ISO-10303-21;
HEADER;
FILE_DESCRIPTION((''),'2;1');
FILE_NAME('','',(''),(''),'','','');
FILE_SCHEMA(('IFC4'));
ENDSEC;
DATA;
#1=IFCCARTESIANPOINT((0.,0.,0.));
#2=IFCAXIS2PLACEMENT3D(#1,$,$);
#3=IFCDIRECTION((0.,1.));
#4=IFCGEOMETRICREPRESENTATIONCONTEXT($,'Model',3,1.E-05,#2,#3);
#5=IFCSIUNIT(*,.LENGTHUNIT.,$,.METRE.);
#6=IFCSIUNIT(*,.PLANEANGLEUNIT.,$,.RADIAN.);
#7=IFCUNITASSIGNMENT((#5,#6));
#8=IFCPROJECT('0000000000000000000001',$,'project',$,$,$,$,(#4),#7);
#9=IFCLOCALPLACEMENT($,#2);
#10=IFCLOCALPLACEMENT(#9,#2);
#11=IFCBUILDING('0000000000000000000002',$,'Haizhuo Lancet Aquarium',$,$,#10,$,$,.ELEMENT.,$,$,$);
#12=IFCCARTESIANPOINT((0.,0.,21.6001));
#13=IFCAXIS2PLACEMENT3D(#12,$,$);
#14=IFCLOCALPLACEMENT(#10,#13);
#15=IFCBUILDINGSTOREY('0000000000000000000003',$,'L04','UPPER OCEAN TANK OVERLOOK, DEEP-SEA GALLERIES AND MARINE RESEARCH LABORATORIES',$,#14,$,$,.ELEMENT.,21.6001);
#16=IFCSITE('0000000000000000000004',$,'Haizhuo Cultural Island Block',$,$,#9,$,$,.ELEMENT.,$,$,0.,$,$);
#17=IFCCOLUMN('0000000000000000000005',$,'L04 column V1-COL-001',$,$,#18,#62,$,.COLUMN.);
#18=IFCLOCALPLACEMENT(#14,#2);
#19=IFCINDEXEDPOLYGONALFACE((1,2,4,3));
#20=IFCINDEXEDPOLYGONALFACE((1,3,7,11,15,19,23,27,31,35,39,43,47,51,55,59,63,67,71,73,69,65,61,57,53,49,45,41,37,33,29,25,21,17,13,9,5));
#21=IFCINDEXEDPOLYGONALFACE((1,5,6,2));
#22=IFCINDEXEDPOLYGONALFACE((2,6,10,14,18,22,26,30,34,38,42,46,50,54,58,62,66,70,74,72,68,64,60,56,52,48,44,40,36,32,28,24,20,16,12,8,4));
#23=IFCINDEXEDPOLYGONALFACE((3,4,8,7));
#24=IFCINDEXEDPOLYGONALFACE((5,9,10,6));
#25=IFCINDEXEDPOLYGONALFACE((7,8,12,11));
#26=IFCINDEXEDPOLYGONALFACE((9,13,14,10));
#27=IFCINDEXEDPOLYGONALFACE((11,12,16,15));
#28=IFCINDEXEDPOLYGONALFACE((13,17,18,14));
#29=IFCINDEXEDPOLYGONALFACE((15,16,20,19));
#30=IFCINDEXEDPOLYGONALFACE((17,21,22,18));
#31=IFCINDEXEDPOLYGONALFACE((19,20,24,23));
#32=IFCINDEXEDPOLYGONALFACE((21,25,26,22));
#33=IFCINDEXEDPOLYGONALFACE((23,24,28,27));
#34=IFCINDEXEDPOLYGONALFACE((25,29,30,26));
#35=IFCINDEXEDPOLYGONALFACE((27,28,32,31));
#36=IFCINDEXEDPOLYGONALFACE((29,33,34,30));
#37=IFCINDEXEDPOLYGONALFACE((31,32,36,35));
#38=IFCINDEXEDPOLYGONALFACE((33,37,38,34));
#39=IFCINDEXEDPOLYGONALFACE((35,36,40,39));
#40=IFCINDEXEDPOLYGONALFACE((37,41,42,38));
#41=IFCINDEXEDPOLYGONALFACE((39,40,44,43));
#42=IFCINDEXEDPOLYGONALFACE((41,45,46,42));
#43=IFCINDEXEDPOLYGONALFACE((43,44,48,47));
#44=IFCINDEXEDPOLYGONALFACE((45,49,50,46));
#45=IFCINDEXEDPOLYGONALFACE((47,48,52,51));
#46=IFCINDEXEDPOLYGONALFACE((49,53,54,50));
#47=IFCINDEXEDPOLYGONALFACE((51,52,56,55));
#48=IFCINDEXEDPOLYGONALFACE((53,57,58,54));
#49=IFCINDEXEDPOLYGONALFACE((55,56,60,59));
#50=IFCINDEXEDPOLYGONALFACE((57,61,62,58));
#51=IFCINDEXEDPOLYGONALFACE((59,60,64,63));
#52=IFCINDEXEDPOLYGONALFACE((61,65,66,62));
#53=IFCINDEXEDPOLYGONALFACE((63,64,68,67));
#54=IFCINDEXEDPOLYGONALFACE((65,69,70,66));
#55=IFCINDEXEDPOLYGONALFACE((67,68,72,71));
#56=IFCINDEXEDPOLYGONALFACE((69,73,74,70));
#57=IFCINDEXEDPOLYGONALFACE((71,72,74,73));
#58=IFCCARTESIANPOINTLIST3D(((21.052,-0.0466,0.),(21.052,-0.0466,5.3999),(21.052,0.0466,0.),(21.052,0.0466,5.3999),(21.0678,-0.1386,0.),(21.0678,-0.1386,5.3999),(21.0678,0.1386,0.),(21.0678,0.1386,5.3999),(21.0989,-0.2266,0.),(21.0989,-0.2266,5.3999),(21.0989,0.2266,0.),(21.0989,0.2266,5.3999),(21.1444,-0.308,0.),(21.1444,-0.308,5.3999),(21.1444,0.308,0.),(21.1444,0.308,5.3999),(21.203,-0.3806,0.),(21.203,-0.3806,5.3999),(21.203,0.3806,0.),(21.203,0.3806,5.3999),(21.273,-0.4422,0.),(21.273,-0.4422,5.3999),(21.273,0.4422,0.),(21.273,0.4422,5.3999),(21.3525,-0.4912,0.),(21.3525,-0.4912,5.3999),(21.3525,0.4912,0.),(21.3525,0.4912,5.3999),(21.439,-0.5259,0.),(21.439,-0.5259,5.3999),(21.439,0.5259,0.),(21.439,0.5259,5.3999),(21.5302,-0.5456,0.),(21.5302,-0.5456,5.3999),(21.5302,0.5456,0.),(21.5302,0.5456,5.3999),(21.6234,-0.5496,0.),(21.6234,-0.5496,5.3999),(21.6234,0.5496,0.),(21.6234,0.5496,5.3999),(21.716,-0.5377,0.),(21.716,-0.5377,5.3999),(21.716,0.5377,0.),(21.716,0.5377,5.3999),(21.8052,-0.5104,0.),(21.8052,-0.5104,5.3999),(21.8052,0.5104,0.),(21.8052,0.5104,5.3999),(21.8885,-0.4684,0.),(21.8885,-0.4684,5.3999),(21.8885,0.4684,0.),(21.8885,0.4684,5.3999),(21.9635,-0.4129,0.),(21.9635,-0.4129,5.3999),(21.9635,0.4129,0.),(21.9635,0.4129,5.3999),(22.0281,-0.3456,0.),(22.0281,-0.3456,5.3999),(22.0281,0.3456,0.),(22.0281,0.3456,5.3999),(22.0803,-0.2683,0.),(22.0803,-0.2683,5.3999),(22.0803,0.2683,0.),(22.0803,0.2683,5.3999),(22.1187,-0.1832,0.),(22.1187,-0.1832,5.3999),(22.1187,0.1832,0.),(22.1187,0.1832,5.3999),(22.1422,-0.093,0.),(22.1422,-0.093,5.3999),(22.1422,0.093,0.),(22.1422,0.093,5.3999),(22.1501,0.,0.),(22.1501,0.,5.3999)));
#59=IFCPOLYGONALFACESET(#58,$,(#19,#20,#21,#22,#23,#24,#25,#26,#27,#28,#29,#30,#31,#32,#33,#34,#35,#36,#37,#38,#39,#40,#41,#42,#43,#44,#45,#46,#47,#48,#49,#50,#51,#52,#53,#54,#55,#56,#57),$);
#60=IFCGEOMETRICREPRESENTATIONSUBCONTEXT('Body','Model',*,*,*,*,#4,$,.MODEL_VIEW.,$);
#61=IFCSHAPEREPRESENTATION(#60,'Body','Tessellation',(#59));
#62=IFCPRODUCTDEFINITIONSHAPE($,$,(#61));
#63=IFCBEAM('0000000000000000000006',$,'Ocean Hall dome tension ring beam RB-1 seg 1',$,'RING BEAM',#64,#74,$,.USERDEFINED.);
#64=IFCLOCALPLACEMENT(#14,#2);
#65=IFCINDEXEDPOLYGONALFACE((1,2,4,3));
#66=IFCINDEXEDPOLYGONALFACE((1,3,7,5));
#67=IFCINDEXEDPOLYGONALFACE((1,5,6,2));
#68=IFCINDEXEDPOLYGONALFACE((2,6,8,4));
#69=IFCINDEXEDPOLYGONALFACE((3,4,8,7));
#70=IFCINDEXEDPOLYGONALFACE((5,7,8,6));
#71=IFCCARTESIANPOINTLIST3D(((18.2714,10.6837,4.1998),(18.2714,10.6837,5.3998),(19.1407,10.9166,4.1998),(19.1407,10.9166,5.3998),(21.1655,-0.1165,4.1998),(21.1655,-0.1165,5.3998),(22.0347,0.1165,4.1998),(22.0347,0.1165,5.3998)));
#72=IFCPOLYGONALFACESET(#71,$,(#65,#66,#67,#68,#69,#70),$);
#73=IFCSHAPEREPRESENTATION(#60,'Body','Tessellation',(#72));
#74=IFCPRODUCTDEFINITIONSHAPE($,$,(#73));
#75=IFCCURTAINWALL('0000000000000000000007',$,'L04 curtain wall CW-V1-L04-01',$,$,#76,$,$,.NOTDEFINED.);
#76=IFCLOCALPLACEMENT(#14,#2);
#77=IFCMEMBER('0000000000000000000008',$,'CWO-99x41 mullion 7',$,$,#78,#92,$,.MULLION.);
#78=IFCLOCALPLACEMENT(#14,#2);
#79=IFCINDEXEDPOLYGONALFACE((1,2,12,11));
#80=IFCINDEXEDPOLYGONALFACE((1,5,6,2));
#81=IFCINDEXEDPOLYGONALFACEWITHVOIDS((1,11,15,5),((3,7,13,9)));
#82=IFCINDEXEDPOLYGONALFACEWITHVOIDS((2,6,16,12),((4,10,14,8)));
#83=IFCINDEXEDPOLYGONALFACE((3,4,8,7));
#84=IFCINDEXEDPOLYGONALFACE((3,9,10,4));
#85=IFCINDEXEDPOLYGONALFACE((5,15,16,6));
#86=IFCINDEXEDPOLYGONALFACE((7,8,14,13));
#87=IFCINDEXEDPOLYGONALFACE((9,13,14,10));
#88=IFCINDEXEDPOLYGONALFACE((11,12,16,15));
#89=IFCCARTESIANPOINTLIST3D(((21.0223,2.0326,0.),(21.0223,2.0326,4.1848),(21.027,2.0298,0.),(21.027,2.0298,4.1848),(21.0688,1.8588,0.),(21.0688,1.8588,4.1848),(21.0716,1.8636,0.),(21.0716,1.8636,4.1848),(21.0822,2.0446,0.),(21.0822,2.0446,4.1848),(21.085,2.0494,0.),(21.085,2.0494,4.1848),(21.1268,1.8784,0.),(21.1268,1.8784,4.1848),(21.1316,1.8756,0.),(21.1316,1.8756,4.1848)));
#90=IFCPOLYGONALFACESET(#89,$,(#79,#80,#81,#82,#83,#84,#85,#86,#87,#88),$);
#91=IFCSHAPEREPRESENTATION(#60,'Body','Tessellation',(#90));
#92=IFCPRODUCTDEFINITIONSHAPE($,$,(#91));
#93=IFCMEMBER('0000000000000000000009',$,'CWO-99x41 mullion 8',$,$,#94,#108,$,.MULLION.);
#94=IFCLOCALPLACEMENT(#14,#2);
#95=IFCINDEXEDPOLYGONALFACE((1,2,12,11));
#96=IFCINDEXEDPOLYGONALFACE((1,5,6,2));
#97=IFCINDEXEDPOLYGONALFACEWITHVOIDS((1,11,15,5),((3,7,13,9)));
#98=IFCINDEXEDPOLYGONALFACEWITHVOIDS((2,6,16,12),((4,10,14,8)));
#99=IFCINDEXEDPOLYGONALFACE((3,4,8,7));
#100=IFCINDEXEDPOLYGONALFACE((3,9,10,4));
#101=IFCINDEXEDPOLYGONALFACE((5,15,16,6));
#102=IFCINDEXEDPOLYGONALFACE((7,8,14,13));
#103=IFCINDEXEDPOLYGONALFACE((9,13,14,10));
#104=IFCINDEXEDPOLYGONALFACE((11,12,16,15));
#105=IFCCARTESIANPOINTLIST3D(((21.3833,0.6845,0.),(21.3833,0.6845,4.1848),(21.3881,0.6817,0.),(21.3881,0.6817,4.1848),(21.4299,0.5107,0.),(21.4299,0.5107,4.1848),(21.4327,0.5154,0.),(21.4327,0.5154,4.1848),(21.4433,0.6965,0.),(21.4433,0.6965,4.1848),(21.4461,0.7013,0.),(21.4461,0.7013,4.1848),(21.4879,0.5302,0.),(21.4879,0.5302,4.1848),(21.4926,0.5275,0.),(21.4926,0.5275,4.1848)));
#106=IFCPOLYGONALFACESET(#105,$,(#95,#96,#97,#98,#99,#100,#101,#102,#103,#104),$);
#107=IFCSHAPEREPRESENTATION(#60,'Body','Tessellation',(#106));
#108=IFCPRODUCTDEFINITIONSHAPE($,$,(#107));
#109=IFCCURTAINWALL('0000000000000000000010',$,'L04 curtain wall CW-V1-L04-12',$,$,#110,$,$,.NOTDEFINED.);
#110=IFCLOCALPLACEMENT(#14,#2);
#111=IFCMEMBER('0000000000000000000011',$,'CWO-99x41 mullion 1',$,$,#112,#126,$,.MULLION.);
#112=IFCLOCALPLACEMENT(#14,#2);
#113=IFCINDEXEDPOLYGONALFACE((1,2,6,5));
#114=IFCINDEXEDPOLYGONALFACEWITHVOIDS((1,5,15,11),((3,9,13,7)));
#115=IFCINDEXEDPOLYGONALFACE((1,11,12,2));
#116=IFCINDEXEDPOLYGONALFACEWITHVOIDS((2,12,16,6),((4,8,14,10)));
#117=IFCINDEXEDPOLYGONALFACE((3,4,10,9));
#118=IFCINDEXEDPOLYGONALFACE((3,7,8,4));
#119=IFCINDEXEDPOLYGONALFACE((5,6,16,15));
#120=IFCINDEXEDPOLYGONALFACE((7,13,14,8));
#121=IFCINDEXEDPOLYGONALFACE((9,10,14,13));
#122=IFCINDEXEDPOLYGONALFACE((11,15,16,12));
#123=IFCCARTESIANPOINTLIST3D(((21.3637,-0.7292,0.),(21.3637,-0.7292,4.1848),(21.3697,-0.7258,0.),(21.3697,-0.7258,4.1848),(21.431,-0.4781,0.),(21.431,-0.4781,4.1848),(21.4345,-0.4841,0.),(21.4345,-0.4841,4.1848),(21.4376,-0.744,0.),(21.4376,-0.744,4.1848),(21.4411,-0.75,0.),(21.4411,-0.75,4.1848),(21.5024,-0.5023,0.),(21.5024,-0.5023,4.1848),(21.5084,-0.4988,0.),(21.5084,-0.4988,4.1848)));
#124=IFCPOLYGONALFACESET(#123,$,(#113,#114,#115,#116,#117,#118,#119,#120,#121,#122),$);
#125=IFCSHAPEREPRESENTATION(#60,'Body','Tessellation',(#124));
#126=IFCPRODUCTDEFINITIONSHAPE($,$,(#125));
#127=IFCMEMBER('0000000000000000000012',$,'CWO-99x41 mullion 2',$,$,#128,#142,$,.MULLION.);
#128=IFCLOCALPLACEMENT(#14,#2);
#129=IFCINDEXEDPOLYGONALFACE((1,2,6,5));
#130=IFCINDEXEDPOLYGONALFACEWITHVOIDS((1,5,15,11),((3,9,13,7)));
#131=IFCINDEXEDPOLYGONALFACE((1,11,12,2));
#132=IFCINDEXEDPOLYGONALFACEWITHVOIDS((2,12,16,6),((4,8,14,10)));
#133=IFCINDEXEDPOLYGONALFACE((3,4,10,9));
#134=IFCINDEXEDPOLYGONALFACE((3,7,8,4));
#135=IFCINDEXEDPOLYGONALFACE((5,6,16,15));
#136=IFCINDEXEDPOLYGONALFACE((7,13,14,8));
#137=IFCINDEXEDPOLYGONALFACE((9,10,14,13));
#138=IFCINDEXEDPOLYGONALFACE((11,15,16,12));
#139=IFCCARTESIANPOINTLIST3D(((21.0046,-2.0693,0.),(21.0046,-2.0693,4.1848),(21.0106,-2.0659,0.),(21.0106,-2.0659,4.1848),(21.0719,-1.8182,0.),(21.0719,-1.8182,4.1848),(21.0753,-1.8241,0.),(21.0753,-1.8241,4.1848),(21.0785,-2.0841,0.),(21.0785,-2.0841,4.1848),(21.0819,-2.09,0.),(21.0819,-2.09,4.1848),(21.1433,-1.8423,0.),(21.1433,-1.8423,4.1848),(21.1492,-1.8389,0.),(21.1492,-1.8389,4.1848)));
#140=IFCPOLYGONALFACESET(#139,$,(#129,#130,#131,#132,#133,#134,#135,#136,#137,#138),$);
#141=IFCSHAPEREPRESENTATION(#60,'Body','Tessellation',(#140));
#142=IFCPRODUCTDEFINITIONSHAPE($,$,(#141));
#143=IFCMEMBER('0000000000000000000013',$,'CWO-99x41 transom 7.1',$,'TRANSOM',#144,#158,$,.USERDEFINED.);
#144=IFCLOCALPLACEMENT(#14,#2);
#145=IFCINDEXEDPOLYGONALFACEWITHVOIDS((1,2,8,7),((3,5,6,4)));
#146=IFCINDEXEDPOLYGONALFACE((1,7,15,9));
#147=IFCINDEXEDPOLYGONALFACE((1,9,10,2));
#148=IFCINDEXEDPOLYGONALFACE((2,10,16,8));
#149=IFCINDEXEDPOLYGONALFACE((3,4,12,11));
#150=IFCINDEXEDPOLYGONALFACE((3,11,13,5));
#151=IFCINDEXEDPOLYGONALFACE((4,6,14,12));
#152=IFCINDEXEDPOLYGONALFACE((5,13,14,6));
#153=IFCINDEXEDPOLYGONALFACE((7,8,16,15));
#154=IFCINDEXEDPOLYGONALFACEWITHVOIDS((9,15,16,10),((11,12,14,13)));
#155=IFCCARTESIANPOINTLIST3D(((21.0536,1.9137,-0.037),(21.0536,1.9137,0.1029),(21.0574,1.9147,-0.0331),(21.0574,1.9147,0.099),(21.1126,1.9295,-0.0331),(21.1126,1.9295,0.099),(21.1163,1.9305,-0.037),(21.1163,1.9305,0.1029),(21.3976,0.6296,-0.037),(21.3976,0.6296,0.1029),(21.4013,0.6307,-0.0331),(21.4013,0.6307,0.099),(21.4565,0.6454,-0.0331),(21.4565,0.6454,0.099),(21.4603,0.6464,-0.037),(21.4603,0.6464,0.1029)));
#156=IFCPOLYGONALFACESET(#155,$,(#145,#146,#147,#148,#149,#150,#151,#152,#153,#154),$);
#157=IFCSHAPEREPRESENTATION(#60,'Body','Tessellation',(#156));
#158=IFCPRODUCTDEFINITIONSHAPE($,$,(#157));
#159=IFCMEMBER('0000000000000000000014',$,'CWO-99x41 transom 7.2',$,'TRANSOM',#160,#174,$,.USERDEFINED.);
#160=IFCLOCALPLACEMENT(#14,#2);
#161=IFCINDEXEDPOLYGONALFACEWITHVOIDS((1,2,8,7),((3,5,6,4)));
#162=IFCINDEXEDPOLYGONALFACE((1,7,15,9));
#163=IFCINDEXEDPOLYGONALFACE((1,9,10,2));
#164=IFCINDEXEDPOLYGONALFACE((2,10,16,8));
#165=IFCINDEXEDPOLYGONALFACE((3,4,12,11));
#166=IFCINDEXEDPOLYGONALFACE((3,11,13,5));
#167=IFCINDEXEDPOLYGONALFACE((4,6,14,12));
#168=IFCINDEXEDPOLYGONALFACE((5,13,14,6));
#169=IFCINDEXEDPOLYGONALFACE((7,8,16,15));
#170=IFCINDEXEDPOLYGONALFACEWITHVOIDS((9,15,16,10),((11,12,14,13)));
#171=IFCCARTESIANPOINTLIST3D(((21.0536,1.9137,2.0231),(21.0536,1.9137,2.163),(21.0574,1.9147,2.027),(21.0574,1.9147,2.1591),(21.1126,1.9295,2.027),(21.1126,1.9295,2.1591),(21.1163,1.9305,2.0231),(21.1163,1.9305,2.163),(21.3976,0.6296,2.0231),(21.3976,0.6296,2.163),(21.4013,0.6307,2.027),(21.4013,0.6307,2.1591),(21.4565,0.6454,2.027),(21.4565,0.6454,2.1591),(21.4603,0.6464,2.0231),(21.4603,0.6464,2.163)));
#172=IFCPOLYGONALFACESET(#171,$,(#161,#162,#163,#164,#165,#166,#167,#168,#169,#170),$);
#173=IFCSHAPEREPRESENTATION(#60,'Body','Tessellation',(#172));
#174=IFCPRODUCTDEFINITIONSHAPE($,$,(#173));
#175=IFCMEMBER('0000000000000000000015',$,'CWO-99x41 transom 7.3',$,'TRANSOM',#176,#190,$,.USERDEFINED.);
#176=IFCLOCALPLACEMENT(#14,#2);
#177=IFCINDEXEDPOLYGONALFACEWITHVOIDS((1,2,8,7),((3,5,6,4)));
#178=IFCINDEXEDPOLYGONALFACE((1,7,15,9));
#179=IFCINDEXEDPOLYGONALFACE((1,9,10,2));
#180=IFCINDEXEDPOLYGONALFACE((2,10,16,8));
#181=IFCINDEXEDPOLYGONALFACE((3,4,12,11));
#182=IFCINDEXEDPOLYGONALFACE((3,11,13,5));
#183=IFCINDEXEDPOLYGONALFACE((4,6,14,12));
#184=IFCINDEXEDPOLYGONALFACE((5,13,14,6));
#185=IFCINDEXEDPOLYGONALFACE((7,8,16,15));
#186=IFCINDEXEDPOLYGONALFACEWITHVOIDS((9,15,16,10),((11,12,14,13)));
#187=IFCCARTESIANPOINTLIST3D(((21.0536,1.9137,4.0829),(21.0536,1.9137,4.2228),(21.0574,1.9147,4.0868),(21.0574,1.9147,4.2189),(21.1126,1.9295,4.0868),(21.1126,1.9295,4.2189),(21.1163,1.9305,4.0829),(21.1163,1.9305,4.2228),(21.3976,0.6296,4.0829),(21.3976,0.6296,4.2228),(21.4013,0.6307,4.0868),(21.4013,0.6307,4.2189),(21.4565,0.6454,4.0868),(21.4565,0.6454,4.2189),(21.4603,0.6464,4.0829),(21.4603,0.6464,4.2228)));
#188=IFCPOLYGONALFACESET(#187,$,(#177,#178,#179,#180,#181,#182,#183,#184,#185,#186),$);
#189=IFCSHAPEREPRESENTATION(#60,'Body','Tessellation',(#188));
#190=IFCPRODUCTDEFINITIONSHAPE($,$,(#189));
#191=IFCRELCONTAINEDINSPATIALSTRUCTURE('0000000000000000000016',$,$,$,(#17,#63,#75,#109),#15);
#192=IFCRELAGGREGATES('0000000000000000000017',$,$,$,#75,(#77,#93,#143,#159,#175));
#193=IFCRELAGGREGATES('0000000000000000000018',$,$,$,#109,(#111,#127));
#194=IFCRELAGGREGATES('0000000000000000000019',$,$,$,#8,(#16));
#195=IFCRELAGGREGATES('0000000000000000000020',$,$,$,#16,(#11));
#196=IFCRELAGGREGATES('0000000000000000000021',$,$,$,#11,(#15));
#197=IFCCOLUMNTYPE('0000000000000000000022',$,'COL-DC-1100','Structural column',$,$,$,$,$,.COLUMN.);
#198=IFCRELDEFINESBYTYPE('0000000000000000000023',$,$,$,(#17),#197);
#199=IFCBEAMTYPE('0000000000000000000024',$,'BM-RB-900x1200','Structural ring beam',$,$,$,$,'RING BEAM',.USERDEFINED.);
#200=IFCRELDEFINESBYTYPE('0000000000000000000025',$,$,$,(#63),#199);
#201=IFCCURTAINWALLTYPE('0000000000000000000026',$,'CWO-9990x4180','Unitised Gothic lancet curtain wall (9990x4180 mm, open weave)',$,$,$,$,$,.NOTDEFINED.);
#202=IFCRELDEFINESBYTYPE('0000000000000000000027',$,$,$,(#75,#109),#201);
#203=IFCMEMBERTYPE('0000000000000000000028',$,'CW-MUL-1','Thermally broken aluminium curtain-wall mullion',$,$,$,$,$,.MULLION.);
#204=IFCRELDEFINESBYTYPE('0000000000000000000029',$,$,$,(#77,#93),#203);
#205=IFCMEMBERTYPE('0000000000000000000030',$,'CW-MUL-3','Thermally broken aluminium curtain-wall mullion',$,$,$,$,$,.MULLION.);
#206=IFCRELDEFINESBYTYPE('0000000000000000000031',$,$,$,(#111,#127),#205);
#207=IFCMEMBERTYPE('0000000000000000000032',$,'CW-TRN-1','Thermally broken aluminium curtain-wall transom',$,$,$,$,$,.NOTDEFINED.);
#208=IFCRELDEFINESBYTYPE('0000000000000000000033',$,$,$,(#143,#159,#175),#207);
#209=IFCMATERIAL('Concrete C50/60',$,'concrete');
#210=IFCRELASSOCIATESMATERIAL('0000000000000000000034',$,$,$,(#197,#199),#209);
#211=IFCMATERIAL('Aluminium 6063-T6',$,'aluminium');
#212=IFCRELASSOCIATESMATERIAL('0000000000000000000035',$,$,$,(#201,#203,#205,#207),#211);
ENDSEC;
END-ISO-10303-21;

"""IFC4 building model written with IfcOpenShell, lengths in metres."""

from ifc_helpers import new_model, si_unit, direction, frame, origin, origin_2d, place, context, subcontext, project, spatial, rectangle, hollow_rectangle, circle, extrude, material, material_profile, profile_set, type_object, element, aggregate, save


model = new_model("IFC4")

# Units and contexts
model_context = context("Model", 3, precision=1e-05, world=origin(), true_north=direction((0.0, 1.0)))
body_context = subcontext(model_context, "Body", "Model", "MODEL_VIEW")
ifc_project = project(units=[si_unit("LENGTHUNIT", "METRE"), si_unit("PLANEANGLEUNIT", "RADIAN")], contexts=[model_context])

# Site, building, storey
site_placement = place(None, origin())
site = spatial("IfcSite", under=ifc_project, at=site_placement, Name="Haizhuo Cultural Island Block", CompositionType="ELEMENT", RefElevation=0.0)
building_placement = place(site_placement, origin())
building = spatial("IfcBuilding", under=site, at=building_placement, Name="Haizhuo Lancet Aquarium", CompositionType="ELEMENT")
storey_placement = place(building_placement, frame((0.0, 0.0, 21.6001)))
storey = spatial("IfcBuildingStorey", under=building, at=storey_placement, Name="L04", Description="UPPER OCEAN TANK OVERLOOK, DEEP-SEA GALLERIES AND MARINE RESEARCH LABORATORIES", CompositionType="ELEMENT", Elevation=21.6001)

# Column
ifc_material_1 = material(Name="Concrete C50/60", Category="concrete")
ifc_material_profile_1 = material_profile(ifc_material_1, circle(Radius=0.55, at=origin_2d()), Name="RC-DC 1100")
ifc_profile_set_1 = profile_set([ifc_material_profile_1], Name="Concrete C50/60")
column_type = type_object("IfcColumnType", Name="COL-DC-1100", Description="Structural column", PredefinedType="COLUMN", material=ifc_profile_set_1)
column_placement = place(storey_placement, frame((21.6001, 0.0, 0.0), z_axis=(0.0, 0.0, 1.0), x_axis=(1.0, 0.0, 0.0)))
element("IfcColumn", 1, at=column_placement, inside=storey, type_object=column_type, Name="L04 column V1-COL-001", PredefinedType="COLUMN", context=body_context, shape_type="SweptSolid", body=[
    extrude(circle(Radius=0.55, at=origin_2d()), origin(), (0.0, 0.0, 1.0), 5.3999),
])

# Beam
ifc_material_profile_2 = material_profile(ifc_material_1, rectangle(XDim=0.8999, YDim=1.2, at=origin_2d()), Name="RC-RB 900x1200")
ifc_profile_set_2 = profile_set([ifc_material_profile_2], Name="Concrete C50/60")
beam_type = type_object("IfcBeamType", Name="BM-RB-900x1200", Description="Structural ring beam", ElementType="RING BEAM", PredefinedType="USERDEFINED", material=ifc_profile_set_2)
beam_placement = place(storey_placement, frame((21.6001, 0.0, 4.7998), z_axis=(-0.258834, 0.965922, 0.0), x_axis=(-0.965922, -0.258834, 0.0)))
element("IfcBeam", 2, at=beam_placement, inside=storey, type_object=beam_type, Name="Ocean Hall dome tension ring beam RB-1 seg 1", ObjectType="RING BEAM", PredefinedType="USERDEFINED", context=body_context, shape_type="SweptSolid", body=[
    extrude(rectangle(XDim=0.8999, YDim=1.2, at=origin_2d()), origin(), (0.0, 0.0, 1.0), 11.1812),
])

# Curtain walls, members
ifc_material_2 = material(Name="Aluminium 6063-T6", Category="aluminium")
curtain_wall_type = type_object("IfcCurtainWallType", Name="CWO-9990x4180", Description="Unitised Gothic lancet curtain wall (9990x4180 mm, open weave)", PredefinedType="NOTDEFINED", material=ifc_material_2)
curtain_wall_1_placement = place(storey_placement, origin())
curtain_wall_1 = element("IfcCurtainWall", 3, at=curtain_wall_1_placement, inside=storey, type_object=curtain_wall_type, Name="L04 curtain wall CW-V1-L04-01", PredefinedType="NOTDEFINED")
ifc_material_profile_3 = material_profile(ifc_material_2, hollow_rectangle(XDim=0.0649, YDim=0.1799, WallThickness=0.0039, at=origin_2d()), Name="ALU-M 65x180x4")
ifc_profile_set_3 = profile_set([ifc_material_profile_3], Name="Aluminium 6063-T6")
member_type_1 = type_object("IfcMemberType", Name="CW-MUL-1", Description="Thermally broken aluminium curtain-wall mullion", PredefinedType="MULLION", material=ifc_profile_set_3)
member_1_placement = place(storey_placement, frame((21.0769, 1.9541, 0.0), z_axis=(0.0, 0.0, 1.0), x_axis=(0.965917, 0.258853, 0.0)))
member_1 = element("IfcMember", 4, at=member_1_placement, type_object=member_type_1, Name="CWO-99x41 mullion 7", PredefinedType="MULLION", context=body_context, shape_type="SweptSolid", body=[
    extrude(hollow_rectangle(XDim=0.0649, YDim=0.1799, WallThickness=0.0039, at=origin_2d()), origin(), (0.0, 0.0, 1.0), 4.1848),
])
member_2_placement = place(storey_placement, frame((21.438, 0.606, 0.0), z_axis=(0.0, 0.0, 1.0), x_axis=(0.965917, 0.258853, 0.0)))
member_2 = element("IfcMember", 5, at=member_2_placement, type_object=member_type_1, Name="CWO-99x41 mullion 8", PredefinedType="MULLION", context=body_context, shape_type="SweptSolid", body=[
    extrude(hollow_rectangle(XDim=0.0649, YDim=0.1799, WallThickness=0.0039, at=origin_2d()), origin(), (0.0, 0.0, 1.0), 4.1848),
])
curtain_wall_2_placement = place(storey_placement, origin())
curtain_wall_2 = element("IfcCurtainWall", 6, at=curtain_wall_2_placement, inside=storey, type_object=curtain_wall_type, Name="L04 curtain wall CW-V1-L04-12", PredefinedType="NOTDEFINED")
ifc_material_profile_4 = material_profile(ifc_material_2, hollow_rectangle(XDim=0.0801, YDim=0.26, WallThickness=0.0049, at=origin_2d()), Name="ALU-M 80x260x5")
ifc_profile_set_4 = profile_set([ifc_material_profile_4], Name="Aluminium 6063-T6")
member_type_2 = type_object("IfcMemberType", Name="CW-MUL-3", Description="Thermally broken aluminium curtain-wall mullion", PredefinedType="MULLION", material=ifc_profile_set_4)
member_3_placement = place(storey_placement, frame((21.436, -0.614, 0.0), z_axis=(0.0, 0.0, 1.0), x_axis=(0.965917, -0.258853, 0.0)))
member_3 = element("IfcMember", 7, at=member_3_placement, type_object=member_type_2, Name="CWO-99x41 mullion 1", PredefinedType="MULLION", context=body_context, shape_type="SweptSolid", body=[
    extrude(hollow_rectangle(XDim=0.0801, YDim=0.26, WallThickness=0.0049, at=origin_2d()), origin(), (0.0, 0.0, 1.0), 4.1848),
])
member_4_placement = place(storey_placement, frame((21.0769, -1.9541, 0.0), z_axis=(0.0, 0.0, 1.0), x_axis=(0.965917, -0.258853, 0.0)))
member_4 = element("IfcMember", 8, at=member_4_placement, type_object=member_type_2, Name="CWO-99x41 mullion 2", PredefinedType="MULLION", context=body_context, shape_type="SweptSolid", body=[
    extrude(hollow_rectangle(XDim=0.0801, YDim=0.26, WallThickness=0.0049, at=origin_2d()), origin(), (0.0, 0.0, 1.0), 4.1848),
])

# Members
ifc_material_profile_5 = material_profile(ifc_material_2, hollow_rectangle(XDim=0.0649, YDim=0.1399, WallThickness=0.0039, at=origin_2d()), Name="ALU-T 65x140x4")
ifc_profile_set_5 = profile_set([ifc_material_profile_5], Name="Aluminium 6063-T6")
member_type_3 = type_object("IfcMemberType", Name="CW-TRN-1", Description="Thermally broken aluminium curtain-wall transom", PredefinedType="NOTDEFINED", material=ifc_profile_set_5)
member_5_placement = place(storey_placement, frame((21.085, 1.9221, 0.033), z_axis=(0.258748, -0.965945, 0.0), x_axis=(0.965945, 0.258748, 0.0)))
member_5 = element("IfcMember", 9, at=member_5_placement, type_object=member_type_3, Name="CWO-99x41 transom 7.1", ObjectType="TRANSOM", PredefinedType="USERDEFINED", context=body_context, shape_type="SweptSolid", body=[
    extrude(hollow_rectangle(XDim=0.0649, YDim=0.1399, WallThickness=0.0039, at=origin_2d()), origin(), (0.0, 0.0, 1.0), 1.3293),
])
member_6_placement = place(storey_placement, frame((21.085, 1.9221, 2.093), z_axis=(0.258748, -0.965945, 0.0), x_axis=(0.965945, 0.258748, 0.0)))
member_6 = element("IfcMember", 10, at=member_6_placement, type_object=member_type_3, Name="CWO-99x41 transom 7.2", ObjectType="TRANSOM", PredefinedType="USERDEFINED", context=body_context, shape_type="SweptSolid", body=[
    extrude(hollow_rectangle(XDim=0.0649, YDim=0.1399, WallThickness=0.0039, at=origin_2d()), origin(), (0.0, 0.0, 1.0), 1.3293),
])
member_7_placement = place(storey_placement, frame((21.085, 1.9221, 4.1528), z_axis=(0.258748, -0.965945, 0.0), x_axis=(0.965945, 0.258748, 0.0)))
member_7 = element("IfcMember", 11, at=member_7_placement, type_object=member_type_3, Name="CWO-99x41 transom 7.3", ObjectType="TRANSOM", PredefinedType="USERDEFINED", context=body_context, shape_type="SweptSolid", body=[
    extrude(hollow_rectangle(XDim=0.0649, YDim=0.1399, WallThickness=0.0039, at=origin_2d()), origin(), (0.0, 0.0, 1.0), 1.3293),
])

aggregate(curtain_wall_1, [member_1, member_2, member_5, member_6, member_7])
aggregate(curtain_wall_2, [member_3, member_4])

save(model, "model.ifc")
